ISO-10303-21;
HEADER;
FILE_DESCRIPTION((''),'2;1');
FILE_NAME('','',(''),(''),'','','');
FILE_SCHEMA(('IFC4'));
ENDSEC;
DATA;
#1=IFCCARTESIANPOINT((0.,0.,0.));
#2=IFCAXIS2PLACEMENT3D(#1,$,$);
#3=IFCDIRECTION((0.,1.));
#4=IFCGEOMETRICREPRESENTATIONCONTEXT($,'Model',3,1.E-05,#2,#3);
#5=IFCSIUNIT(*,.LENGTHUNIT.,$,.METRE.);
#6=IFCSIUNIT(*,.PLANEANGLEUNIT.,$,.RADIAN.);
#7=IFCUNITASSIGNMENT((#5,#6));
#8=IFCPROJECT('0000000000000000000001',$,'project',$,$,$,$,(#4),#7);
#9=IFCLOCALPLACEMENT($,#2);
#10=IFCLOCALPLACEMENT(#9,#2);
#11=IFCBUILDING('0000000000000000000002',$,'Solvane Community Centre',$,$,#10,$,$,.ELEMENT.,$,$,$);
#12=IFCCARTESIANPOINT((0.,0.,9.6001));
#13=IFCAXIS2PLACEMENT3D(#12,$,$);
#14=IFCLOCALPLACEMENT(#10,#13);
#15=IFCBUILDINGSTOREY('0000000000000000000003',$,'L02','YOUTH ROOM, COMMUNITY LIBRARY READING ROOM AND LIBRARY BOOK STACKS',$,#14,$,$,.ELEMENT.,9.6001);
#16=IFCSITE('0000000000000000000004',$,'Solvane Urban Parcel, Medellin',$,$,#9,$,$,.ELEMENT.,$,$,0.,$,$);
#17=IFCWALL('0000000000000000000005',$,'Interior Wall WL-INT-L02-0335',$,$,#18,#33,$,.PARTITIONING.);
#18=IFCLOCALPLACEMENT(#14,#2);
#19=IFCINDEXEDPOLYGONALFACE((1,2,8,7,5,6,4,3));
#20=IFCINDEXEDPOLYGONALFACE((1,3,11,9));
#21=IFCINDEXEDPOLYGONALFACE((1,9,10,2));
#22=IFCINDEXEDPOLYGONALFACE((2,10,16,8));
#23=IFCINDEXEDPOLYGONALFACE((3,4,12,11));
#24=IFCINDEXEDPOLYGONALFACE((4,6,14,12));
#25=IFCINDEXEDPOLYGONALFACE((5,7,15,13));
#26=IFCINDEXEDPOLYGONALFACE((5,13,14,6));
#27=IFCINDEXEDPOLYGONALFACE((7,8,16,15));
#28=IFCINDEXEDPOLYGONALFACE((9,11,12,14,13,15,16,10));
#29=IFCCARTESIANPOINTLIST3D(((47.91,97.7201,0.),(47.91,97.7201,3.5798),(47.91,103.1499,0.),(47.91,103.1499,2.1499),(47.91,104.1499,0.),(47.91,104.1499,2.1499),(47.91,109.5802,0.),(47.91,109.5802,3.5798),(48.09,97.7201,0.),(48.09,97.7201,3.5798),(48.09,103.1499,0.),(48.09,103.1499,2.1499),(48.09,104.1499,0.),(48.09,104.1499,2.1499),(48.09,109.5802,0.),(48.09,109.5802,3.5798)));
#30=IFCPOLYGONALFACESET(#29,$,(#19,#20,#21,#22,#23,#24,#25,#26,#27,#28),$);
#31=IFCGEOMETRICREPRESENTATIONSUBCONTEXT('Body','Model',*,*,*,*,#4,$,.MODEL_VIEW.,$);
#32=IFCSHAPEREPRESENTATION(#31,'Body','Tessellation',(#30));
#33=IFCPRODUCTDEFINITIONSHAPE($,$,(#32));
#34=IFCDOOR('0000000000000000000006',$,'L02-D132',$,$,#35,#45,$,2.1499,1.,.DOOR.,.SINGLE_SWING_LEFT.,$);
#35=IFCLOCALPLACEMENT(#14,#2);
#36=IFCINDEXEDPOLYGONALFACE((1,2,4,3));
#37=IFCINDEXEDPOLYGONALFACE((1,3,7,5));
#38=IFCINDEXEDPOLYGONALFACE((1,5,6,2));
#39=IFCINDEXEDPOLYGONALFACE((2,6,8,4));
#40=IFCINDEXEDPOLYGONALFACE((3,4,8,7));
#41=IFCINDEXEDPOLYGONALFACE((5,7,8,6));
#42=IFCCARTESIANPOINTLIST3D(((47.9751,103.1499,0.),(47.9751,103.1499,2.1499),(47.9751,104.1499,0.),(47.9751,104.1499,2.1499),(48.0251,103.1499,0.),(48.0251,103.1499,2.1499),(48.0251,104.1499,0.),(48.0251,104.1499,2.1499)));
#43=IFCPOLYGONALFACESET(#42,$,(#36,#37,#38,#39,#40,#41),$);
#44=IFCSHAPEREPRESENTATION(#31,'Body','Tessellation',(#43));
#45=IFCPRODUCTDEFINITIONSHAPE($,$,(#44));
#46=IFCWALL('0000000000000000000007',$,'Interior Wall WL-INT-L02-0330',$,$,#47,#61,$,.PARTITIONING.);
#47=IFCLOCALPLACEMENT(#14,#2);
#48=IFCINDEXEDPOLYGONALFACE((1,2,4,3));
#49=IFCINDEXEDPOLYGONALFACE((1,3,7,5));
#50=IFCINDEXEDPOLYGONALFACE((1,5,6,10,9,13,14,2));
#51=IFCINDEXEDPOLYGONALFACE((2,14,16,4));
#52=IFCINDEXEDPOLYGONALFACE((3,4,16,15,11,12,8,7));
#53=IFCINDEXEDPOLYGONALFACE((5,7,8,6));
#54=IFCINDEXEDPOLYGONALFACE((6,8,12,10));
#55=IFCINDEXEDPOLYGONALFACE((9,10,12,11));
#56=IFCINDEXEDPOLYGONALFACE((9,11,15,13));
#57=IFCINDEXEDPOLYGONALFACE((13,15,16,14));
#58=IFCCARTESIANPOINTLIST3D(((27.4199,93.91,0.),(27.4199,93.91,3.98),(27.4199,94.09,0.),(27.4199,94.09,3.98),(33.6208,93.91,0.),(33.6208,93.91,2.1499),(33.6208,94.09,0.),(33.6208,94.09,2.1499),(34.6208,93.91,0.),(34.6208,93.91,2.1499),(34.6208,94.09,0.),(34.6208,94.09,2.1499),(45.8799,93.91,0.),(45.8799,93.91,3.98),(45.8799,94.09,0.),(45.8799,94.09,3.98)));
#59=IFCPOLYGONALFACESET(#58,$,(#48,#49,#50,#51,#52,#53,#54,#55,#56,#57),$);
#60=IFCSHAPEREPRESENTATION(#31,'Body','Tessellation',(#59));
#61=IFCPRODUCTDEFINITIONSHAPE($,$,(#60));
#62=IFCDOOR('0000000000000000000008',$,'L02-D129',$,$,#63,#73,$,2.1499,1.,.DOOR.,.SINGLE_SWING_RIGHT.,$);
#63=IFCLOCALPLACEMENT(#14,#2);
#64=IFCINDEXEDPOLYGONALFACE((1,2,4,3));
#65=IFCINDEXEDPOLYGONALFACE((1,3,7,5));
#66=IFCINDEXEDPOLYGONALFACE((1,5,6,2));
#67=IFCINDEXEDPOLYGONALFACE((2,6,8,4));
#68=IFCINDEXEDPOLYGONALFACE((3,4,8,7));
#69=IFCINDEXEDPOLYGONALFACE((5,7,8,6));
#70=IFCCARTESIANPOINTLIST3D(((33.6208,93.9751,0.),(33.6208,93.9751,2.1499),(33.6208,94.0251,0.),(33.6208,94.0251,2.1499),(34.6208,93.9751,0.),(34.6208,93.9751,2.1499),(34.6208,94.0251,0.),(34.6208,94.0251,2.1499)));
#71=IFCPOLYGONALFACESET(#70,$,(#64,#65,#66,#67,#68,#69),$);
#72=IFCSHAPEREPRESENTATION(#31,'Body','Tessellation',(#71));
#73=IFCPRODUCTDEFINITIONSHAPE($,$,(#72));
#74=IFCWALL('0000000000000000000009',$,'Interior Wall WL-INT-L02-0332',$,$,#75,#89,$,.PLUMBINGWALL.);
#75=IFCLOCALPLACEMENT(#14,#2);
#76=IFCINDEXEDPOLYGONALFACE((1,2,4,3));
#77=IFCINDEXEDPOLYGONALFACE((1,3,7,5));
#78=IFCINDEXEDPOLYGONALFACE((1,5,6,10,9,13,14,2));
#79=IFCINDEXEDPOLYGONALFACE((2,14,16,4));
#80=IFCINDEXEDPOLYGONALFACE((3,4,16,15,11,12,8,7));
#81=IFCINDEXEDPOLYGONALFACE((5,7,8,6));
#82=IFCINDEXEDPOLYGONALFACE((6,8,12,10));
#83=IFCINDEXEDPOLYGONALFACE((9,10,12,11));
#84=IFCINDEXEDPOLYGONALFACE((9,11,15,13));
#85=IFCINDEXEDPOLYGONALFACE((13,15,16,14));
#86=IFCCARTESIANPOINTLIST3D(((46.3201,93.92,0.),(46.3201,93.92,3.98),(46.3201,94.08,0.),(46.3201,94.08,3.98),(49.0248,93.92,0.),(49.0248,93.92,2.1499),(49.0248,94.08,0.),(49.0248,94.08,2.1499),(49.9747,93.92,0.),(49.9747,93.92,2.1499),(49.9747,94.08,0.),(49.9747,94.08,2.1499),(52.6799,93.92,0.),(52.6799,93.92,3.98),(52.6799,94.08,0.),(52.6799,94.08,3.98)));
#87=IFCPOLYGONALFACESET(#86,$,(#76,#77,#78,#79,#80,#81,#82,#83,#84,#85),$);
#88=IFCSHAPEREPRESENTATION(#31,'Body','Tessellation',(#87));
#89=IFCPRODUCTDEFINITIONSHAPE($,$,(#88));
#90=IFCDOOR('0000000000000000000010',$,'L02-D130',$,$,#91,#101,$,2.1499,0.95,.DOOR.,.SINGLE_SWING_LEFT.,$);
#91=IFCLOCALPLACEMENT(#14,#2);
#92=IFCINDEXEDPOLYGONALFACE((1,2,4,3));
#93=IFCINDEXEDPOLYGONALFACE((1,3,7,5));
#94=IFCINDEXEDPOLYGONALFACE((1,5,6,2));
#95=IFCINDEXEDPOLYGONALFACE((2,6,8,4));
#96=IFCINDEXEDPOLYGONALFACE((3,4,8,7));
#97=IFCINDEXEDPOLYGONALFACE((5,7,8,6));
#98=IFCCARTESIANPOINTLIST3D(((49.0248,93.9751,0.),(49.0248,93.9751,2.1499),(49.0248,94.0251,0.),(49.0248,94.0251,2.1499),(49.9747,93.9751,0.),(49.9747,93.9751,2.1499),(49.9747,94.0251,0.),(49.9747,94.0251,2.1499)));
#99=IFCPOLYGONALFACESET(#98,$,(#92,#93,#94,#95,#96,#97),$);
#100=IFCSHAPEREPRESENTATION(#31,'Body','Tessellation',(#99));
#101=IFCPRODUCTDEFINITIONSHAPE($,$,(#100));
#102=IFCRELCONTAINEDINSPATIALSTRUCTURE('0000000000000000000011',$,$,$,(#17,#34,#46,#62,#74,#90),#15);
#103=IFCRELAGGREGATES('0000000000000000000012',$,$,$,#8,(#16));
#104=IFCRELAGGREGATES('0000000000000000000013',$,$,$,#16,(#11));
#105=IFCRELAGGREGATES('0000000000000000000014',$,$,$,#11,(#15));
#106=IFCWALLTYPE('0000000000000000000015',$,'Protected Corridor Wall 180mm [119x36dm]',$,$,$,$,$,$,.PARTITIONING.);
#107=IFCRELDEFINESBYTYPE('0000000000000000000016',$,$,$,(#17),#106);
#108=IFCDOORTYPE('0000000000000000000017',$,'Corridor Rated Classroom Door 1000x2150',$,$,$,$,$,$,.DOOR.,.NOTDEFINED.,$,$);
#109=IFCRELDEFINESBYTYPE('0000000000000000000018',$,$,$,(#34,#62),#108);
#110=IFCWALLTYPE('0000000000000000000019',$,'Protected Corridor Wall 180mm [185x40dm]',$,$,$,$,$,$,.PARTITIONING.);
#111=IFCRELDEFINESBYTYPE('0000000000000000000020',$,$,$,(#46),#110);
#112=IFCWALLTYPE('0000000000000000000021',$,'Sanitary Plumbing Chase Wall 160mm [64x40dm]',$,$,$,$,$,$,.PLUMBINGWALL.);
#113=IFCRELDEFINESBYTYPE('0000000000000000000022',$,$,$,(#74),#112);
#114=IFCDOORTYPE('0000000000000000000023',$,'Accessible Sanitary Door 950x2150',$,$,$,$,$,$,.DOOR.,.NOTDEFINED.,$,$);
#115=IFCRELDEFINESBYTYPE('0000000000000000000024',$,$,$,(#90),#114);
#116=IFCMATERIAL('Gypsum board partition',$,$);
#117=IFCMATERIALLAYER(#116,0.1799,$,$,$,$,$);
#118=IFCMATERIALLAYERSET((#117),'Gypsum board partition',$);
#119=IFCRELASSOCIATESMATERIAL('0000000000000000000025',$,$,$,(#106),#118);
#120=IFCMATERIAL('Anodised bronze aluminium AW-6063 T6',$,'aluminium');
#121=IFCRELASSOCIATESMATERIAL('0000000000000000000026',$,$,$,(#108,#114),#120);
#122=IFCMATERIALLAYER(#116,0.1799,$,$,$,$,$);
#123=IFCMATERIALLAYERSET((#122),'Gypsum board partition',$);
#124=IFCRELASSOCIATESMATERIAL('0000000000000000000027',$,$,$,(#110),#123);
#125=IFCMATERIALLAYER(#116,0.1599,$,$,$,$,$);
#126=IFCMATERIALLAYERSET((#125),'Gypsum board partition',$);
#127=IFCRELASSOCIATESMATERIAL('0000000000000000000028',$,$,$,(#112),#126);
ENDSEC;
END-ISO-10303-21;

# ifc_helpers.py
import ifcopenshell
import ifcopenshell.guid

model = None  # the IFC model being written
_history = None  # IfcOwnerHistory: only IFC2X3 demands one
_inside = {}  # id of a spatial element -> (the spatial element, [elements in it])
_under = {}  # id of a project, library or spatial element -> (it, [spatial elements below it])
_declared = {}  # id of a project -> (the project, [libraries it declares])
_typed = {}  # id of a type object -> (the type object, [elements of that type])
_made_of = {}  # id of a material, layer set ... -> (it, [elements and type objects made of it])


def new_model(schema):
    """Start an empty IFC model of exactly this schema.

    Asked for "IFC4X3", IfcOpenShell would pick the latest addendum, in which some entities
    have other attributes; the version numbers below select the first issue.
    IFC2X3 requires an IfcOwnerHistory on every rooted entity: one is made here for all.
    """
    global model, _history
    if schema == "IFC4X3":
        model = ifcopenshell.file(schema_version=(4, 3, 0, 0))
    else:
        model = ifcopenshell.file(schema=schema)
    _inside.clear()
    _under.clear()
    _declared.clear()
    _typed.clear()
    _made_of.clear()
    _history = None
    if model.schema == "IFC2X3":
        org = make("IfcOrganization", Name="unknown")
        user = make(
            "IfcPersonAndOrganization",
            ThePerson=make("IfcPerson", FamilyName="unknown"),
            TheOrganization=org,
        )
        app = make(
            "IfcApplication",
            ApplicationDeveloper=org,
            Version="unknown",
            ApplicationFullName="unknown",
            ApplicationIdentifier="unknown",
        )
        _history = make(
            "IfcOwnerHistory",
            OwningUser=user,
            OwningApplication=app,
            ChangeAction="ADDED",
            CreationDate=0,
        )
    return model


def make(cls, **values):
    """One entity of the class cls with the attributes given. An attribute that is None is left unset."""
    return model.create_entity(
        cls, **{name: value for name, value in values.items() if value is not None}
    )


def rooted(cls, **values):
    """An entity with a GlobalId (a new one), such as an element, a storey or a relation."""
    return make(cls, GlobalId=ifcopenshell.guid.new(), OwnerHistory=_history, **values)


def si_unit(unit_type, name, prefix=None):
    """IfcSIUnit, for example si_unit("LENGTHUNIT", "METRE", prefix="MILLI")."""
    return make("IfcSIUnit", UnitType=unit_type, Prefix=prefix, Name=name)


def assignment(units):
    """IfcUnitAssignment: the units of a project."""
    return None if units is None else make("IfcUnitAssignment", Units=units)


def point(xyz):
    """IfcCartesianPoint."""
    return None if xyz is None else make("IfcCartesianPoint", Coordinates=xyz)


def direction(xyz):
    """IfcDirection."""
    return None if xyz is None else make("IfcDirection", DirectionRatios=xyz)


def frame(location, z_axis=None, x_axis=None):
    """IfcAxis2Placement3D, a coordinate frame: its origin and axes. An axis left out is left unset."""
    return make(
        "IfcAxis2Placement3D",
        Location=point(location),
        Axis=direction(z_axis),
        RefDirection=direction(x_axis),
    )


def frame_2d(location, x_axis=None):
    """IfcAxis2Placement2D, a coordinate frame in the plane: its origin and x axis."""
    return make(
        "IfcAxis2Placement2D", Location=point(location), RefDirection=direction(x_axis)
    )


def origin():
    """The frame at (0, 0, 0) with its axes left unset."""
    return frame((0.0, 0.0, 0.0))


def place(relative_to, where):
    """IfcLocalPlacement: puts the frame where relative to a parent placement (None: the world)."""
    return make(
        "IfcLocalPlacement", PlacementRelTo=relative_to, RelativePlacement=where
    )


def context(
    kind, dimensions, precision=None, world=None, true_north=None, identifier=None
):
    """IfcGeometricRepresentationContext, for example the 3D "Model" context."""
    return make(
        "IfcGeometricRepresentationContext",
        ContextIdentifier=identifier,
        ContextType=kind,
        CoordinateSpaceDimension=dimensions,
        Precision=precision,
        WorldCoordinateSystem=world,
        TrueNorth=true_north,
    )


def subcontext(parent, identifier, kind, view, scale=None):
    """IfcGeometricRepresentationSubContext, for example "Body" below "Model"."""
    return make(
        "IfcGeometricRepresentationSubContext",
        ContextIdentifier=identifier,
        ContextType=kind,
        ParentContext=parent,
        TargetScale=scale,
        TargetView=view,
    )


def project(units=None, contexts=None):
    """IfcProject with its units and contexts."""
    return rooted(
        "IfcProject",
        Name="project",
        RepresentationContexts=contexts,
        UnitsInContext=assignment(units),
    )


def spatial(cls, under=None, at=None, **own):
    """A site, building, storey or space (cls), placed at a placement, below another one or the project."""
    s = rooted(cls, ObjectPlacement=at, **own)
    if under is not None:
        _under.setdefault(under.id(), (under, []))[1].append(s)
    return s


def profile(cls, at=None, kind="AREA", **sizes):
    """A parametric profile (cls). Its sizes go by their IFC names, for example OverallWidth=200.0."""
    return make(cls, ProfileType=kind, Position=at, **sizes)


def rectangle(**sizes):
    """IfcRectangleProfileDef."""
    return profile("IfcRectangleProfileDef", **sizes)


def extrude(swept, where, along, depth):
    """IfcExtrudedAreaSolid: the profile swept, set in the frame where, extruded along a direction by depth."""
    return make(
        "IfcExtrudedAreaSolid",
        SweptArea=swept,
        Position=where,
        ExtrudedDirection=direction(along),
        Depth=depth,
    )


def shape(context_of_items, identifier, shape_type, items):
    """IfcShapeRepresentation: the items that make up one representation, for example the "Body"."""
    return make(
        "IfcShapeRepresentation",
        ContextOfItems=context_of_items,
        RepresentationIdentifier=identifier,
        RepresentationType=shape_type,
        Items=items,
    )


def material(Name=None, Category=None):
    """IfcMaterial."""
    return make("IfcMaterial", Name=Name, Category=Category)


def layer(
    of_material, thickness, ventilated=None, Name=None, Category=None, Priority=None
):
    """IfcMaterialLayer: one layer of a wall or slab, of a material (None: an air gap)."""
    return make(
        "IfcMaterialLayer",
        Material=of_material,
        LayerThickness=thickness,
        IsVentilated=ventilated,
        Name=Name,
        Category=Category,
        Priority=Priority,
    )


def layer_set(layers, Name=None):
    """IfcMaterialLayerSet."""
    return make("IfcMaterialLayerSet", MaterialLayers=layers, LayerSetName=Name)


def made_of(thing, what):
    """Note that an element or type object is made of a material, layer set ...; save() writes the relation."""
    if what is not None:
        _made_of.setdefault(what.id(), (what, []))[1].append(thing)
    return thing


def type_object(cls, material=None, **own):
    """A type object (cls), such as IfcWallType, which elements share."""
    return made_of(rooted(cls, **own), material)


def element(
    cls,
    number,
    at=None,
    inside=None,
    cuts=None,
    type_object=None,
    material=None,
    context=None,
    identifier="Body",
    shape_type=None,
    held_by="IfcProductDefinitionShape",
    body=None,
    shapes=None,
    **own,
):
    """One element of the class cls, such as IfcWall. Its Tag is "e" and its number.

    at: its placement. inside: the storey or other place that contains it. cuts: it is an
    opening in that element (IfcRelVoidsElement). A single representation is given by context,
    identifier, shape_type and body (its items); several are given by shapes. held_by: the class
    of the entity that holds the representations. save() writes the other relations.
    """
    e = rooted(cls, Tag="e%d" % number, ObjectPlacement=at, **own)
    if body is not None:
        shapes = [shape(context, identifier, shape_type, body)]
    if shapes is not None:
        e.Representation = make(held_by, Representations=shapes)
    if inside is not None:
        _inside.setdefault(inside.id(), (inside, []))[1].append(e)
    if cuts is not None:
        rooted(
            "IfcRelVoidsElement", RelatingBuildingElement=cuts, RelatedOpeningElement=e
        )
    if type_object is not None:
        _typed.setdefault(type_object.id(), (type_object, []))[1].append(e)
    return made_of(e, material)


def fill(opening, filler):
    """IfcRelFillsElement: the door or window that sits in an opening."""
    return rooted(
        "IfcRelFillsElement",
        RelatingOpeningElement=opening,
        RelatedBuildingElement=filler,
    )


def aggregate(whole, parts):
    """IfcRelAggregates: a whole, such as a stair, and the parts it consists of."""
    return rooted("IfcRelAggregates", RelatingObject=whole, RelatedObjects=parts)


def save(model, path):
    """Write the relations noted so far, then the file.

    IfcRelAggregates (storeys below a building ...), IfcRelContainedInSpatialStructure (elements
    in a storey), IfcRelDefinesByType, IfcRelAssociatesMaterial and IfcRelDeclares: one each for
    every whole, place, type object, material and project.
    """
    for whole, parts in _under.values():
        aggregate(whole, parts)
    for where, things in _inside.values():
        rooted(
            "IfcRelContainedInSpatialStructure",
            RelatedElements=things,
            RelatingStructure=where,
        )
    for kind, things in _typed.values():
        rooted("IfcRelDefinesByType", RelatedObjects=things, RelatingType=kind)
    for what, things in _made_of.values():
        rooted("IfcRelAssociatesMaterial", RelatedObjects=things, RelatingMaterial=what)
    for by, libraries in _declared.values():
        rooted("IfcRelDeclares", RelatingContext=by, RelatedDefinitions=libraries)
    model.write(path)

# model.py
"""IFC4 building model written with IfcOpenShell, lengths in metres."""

from ifc_helpers import new_model, si_unit, direction, frame, frame_2d, origin, place, context, subcontext, project, spatial, rectangle, extrude, material, layer, layer_set, type_object, element, fill, save


model = new_model("IFC4")

# Units and contexts
model_context = context("Model", 3, precision=1e-05, world=origin(), true_north=direction((0.0, 1.0)))
body_context = subcontext(model_context, "Body", "Model", "MODEL_VIEW")
ifc_project = project(units=[si_unit("LENGTHUNIT", "METRE"), si_unit("PLANEANGLEUNIT", "RADIAN")], contexts=[model_context])

# Site, building, storey
site_placement = place(None, origin())
site = spatial("IfcSite", under=ifc_project, at=site_placement, Name="Solvane Urban Parcel, Medellin", CompositionType="ELEMENT", RefElevation=0.0)
building_placement = place(site_placement, origin())
building = spatial("IfcBuilding", under=site, at=building_placement, Name="Solvane Community Centre", CompositionType="ELEMENT")
storey_placement = place(building_placement, frame((0.0, 0.0, 9.6001)))
storey = spatial("IfcBuildingStorey", under=building, at=storey_placement, Name="L02", Description="YOUTH ROOM, COMMUNITY LIBRARY READING ROOM AND LIBRARY BOOK STACKS", CompositionType="ELEMENT", Elevation=9.6001)

# Walls, openings, doors
ifc_material_1 = material(Name="Gypsum board partition")
ifc_layer_1 = layer(ifc_material_1, 0.1799)
ifc_layer_set_1 = layer_set([ifc_layer_1], Name="Gypsum board partition")
wall_type_1 = type_object("IfcWallType", Name="Protected Corridor Wall 180mm [119x36dm]", PredefinedType="PARTITIONING", material=ifc_layer_set_1)
wall_1_placement = place(storey_placement, frame((48.0, 97.72, 0.0), z_axis=(0.0, 0.0, 1.0), x_axis=(0.0, 1.0, 0.0)))
wall_1 = element("IfcWall", 1, at=wall_1_placement, inside=storey, type_object=wall_type_1, Name="Interior Wall WL-INT-L02-0335", PredefinedType="PARTITIONING", context=body_context, shape_type="SweptSolid", body=[
    extrude(rectangle(XDim=11.8601, YDim=0.1799, at=frame_2d((5.9302, 0.0))), origin(), (0.0, 0.0, 1.0), 3.5798),
])
opening_1_placement = place(wall_1_placement, frame((5.4299, 0.0, 0.0)))
opening_1 = element("IfcOpeningElement", 2, at=opening_1_placement, cuts=wall_1, PredefinedType="OPENING", context=body_context, shape_type="SweptSolid", body=[
    extrude(rectangle(XDim=1.0, YDim=2.1499, at=frame_2d((0.5, 1.075))), frame((0.0, 0.0999, 0.0), z_axis=(0.0, -1.0, 0.0), x_axis=(1.0, 0.0, 0.0)), (0.0, 0.0, 1.0), 0.2),
])
ifc_material_2 = material(Name="Anodised bronze aluminium AW-6063 T6", Category="aluminium")
door_type_1 = type_object("IfcDoorType", Name="Corridor Rated Classroom Door 1000x2150", OperationType="NOTDEFINED", PredefinedType="DOOR", material=ifc_material_2)
door_1_placement = place(opening_1_placement, origin())
door_1 = element("IfcDoor", 3, at=door_1_placement, inside=storey, type_object=door_type_1, Name="L02-D132", OperationType="SINGLE_SWING_LEFT", OverallHeight=2.1499, OverallWidth=1.0, PredefinedType="DOOR", context=body_context, shape_type="SweptSolid", body=[
    extrude(rectangle(XDim=1.0, YDim=2.1499, at=frame_2d((0.5, 1.075))), frame((0.0, 0.0249, 0.0), z_axis=(0.0, -1.0, 0.0), x_axis=(1.0, 0.0, 0.0)), (0.0, 0.0, 1.0), 0.05),
])
fill(opening_1, door_1)
ifc_layer_2 = layer(ifc_material_1, 0.1799)
ifc_layer_set_2 = layer_set([ifc_layer_2], Name="Gypsum board partition")
wall_type_2 = type_object("IfcWallType", Name="Protected Corridor Wall 180mm [185x40dm]", PredefinedType="PARTITIONING", material=ifc_layer_set_2)
wall_2_placement = place(storey_placement, frame((45.8799, 94.0, 0.0), z_axis=(0.0, 0.0, 1.0), x_axis=(-1.0, 0.0, 0.0)))
wall_2 = element("IfcWall", 4, at=wall_2_placement, inside=storey, type_object=wall_type_2, Name="Interior Wall WL-INT-L02-0330", PredefinedType="PARTITIONING", context=body_context, shape_type="SweptSolid", body=[
    extrude(rectangle(XDim=18.46, YDim=0.1799, at=frame_2d((9.23, 0.0))), origin(), (0.0, 0.0, 1.0), 3.98),
])
opening_2_placement = place(wall_2_placement, frame((11.259, 0.0, 0.0)))
opening_2 = element("IfcOpeningElement", 5, at=opening_2_placement, cuts=wall_2, PredefinedType="OPENING", context=body_context, shape_type="SweptSolid", body=[
    extrude(rectangle(XDim=1.0, YDim=2.1499, at=frame_2d((0.5, 1.075))), frame((0.0, 0.0999, 0.0), z_axis=(0.0, -1.0, 0.0), x_axis=(1.0, 0.0, 0.0)), (0.0, 0.0, 1.0), 0.2),
])
door_2_placement = place(opening_2_placement, origin())
door_2 = element("IfcDoor", 6, at=door_2_placement, inside=storey, type_object=door_type_1, Name="L02-D129", OperationType="SINGLE_SWING_RIGHT", OverallHeight=2.1499, OverallWidth=1.0, PredefinedType="DOOR", context=body_context, shape_type="SweptSolid", body=[
    extrude(rectangle(XDim=1.0, YDim=2.1499, at=frame_2d((0.5, 1.075))), frame((0.0, 0.0249, 0.0), z_axis=(0.0, -1.0, 0.0), x_axis=(1.0, 0.0, 0.0)), (0.0, 0.0, 1.0), 0.05),
])
fill(opening_2, door_2)
ifc_layer_3 = layer(ifc_material_1, 0.1599)
ifc_layer_set_3 = layer_set([ifc_layer_3], Name="Gypsum board partition")
wall_type_3 = type_object("IfcWallType", Name="Sanitary Plumbing Chase Wall 160mm [64x40dm]", PredefinedType="PLUMBINGWALL", material=ifc_layer_set_3)
wall_3_placement = place(storey_placement, frame((52.6799, 94.0, 0.0), z_axis=(0.0, 0.0, 1.0), x_axis=(-1.0, 0.0, 0.0)))
wall_3 = element("IfcWall", 7, at=wall_3_placement, inside=storey, type_object=wall_type_3, Name="Interior Wall WL-INT-L02-0332", PredefinedType="PLUMBINGWALL", context=body_context, shape_type="SweptSolid", body=[
    extrude(rectangle(XDim=6.3599, YDim=0.1599, at=frame_2d((3.1799, 0.0))), origin(), (0.0, 0.0, 1.0), 3.98),
])
opening_3_placement = place(wall_3_placement, frame((2.7051, 0.0, 0.0)))
opening_3 = element("IfcOpeningElement", 8, at=opening_3_placement, cuts=wall_3, PredefinedType="OPENING", context=body_context, shape_type="SweptSolid", body=[
    extrude(rectangle(XDim=0.95, YDim=2.1499, at=frame_2d((0.4751, 1.075))), frame((0.0, 0.0898, 0.0), z_axis=(0.0, -1.0, 0.0), x_axis=(1.0, 0.0, 0.0)), (0.0, 0.0, 1.0), 0.1799),
])
door_type_2 = type_object("IfcDoorType", Name="Accessible Sanitary Door 950x2150", OperationType="NOTDEFINED", PredefinedType="DOOR", material=ifc_material_2)
door_3_placement = place(opening_3_placement, origin())
door_3 = element("IfcDoor", 9, at=door_3_placement, inside=storey, type_object=door_type_2, Name="L02-D130", OperationType="SINGLE_SWING_LEFT", OverallHeight=2.1499, OverallWidth=0.95, PredefinedType="DOOR", context=body_context, shape_type="SweptSolid", body=[
    extrude(rectangle(XDim=0.95, YDim=2.1499, at=frame_2d((0.4751, 1.075))), frame((0.0, 0.0249, 0.0), z_axis=(0.0, -1.0, 0.0), x_axis=(1.0, 0.0, 0.0)), (0.0, 0.0, 1.0), 0.05),
])
fill(opening_3, door_3)

save(model, "model.ifc")
